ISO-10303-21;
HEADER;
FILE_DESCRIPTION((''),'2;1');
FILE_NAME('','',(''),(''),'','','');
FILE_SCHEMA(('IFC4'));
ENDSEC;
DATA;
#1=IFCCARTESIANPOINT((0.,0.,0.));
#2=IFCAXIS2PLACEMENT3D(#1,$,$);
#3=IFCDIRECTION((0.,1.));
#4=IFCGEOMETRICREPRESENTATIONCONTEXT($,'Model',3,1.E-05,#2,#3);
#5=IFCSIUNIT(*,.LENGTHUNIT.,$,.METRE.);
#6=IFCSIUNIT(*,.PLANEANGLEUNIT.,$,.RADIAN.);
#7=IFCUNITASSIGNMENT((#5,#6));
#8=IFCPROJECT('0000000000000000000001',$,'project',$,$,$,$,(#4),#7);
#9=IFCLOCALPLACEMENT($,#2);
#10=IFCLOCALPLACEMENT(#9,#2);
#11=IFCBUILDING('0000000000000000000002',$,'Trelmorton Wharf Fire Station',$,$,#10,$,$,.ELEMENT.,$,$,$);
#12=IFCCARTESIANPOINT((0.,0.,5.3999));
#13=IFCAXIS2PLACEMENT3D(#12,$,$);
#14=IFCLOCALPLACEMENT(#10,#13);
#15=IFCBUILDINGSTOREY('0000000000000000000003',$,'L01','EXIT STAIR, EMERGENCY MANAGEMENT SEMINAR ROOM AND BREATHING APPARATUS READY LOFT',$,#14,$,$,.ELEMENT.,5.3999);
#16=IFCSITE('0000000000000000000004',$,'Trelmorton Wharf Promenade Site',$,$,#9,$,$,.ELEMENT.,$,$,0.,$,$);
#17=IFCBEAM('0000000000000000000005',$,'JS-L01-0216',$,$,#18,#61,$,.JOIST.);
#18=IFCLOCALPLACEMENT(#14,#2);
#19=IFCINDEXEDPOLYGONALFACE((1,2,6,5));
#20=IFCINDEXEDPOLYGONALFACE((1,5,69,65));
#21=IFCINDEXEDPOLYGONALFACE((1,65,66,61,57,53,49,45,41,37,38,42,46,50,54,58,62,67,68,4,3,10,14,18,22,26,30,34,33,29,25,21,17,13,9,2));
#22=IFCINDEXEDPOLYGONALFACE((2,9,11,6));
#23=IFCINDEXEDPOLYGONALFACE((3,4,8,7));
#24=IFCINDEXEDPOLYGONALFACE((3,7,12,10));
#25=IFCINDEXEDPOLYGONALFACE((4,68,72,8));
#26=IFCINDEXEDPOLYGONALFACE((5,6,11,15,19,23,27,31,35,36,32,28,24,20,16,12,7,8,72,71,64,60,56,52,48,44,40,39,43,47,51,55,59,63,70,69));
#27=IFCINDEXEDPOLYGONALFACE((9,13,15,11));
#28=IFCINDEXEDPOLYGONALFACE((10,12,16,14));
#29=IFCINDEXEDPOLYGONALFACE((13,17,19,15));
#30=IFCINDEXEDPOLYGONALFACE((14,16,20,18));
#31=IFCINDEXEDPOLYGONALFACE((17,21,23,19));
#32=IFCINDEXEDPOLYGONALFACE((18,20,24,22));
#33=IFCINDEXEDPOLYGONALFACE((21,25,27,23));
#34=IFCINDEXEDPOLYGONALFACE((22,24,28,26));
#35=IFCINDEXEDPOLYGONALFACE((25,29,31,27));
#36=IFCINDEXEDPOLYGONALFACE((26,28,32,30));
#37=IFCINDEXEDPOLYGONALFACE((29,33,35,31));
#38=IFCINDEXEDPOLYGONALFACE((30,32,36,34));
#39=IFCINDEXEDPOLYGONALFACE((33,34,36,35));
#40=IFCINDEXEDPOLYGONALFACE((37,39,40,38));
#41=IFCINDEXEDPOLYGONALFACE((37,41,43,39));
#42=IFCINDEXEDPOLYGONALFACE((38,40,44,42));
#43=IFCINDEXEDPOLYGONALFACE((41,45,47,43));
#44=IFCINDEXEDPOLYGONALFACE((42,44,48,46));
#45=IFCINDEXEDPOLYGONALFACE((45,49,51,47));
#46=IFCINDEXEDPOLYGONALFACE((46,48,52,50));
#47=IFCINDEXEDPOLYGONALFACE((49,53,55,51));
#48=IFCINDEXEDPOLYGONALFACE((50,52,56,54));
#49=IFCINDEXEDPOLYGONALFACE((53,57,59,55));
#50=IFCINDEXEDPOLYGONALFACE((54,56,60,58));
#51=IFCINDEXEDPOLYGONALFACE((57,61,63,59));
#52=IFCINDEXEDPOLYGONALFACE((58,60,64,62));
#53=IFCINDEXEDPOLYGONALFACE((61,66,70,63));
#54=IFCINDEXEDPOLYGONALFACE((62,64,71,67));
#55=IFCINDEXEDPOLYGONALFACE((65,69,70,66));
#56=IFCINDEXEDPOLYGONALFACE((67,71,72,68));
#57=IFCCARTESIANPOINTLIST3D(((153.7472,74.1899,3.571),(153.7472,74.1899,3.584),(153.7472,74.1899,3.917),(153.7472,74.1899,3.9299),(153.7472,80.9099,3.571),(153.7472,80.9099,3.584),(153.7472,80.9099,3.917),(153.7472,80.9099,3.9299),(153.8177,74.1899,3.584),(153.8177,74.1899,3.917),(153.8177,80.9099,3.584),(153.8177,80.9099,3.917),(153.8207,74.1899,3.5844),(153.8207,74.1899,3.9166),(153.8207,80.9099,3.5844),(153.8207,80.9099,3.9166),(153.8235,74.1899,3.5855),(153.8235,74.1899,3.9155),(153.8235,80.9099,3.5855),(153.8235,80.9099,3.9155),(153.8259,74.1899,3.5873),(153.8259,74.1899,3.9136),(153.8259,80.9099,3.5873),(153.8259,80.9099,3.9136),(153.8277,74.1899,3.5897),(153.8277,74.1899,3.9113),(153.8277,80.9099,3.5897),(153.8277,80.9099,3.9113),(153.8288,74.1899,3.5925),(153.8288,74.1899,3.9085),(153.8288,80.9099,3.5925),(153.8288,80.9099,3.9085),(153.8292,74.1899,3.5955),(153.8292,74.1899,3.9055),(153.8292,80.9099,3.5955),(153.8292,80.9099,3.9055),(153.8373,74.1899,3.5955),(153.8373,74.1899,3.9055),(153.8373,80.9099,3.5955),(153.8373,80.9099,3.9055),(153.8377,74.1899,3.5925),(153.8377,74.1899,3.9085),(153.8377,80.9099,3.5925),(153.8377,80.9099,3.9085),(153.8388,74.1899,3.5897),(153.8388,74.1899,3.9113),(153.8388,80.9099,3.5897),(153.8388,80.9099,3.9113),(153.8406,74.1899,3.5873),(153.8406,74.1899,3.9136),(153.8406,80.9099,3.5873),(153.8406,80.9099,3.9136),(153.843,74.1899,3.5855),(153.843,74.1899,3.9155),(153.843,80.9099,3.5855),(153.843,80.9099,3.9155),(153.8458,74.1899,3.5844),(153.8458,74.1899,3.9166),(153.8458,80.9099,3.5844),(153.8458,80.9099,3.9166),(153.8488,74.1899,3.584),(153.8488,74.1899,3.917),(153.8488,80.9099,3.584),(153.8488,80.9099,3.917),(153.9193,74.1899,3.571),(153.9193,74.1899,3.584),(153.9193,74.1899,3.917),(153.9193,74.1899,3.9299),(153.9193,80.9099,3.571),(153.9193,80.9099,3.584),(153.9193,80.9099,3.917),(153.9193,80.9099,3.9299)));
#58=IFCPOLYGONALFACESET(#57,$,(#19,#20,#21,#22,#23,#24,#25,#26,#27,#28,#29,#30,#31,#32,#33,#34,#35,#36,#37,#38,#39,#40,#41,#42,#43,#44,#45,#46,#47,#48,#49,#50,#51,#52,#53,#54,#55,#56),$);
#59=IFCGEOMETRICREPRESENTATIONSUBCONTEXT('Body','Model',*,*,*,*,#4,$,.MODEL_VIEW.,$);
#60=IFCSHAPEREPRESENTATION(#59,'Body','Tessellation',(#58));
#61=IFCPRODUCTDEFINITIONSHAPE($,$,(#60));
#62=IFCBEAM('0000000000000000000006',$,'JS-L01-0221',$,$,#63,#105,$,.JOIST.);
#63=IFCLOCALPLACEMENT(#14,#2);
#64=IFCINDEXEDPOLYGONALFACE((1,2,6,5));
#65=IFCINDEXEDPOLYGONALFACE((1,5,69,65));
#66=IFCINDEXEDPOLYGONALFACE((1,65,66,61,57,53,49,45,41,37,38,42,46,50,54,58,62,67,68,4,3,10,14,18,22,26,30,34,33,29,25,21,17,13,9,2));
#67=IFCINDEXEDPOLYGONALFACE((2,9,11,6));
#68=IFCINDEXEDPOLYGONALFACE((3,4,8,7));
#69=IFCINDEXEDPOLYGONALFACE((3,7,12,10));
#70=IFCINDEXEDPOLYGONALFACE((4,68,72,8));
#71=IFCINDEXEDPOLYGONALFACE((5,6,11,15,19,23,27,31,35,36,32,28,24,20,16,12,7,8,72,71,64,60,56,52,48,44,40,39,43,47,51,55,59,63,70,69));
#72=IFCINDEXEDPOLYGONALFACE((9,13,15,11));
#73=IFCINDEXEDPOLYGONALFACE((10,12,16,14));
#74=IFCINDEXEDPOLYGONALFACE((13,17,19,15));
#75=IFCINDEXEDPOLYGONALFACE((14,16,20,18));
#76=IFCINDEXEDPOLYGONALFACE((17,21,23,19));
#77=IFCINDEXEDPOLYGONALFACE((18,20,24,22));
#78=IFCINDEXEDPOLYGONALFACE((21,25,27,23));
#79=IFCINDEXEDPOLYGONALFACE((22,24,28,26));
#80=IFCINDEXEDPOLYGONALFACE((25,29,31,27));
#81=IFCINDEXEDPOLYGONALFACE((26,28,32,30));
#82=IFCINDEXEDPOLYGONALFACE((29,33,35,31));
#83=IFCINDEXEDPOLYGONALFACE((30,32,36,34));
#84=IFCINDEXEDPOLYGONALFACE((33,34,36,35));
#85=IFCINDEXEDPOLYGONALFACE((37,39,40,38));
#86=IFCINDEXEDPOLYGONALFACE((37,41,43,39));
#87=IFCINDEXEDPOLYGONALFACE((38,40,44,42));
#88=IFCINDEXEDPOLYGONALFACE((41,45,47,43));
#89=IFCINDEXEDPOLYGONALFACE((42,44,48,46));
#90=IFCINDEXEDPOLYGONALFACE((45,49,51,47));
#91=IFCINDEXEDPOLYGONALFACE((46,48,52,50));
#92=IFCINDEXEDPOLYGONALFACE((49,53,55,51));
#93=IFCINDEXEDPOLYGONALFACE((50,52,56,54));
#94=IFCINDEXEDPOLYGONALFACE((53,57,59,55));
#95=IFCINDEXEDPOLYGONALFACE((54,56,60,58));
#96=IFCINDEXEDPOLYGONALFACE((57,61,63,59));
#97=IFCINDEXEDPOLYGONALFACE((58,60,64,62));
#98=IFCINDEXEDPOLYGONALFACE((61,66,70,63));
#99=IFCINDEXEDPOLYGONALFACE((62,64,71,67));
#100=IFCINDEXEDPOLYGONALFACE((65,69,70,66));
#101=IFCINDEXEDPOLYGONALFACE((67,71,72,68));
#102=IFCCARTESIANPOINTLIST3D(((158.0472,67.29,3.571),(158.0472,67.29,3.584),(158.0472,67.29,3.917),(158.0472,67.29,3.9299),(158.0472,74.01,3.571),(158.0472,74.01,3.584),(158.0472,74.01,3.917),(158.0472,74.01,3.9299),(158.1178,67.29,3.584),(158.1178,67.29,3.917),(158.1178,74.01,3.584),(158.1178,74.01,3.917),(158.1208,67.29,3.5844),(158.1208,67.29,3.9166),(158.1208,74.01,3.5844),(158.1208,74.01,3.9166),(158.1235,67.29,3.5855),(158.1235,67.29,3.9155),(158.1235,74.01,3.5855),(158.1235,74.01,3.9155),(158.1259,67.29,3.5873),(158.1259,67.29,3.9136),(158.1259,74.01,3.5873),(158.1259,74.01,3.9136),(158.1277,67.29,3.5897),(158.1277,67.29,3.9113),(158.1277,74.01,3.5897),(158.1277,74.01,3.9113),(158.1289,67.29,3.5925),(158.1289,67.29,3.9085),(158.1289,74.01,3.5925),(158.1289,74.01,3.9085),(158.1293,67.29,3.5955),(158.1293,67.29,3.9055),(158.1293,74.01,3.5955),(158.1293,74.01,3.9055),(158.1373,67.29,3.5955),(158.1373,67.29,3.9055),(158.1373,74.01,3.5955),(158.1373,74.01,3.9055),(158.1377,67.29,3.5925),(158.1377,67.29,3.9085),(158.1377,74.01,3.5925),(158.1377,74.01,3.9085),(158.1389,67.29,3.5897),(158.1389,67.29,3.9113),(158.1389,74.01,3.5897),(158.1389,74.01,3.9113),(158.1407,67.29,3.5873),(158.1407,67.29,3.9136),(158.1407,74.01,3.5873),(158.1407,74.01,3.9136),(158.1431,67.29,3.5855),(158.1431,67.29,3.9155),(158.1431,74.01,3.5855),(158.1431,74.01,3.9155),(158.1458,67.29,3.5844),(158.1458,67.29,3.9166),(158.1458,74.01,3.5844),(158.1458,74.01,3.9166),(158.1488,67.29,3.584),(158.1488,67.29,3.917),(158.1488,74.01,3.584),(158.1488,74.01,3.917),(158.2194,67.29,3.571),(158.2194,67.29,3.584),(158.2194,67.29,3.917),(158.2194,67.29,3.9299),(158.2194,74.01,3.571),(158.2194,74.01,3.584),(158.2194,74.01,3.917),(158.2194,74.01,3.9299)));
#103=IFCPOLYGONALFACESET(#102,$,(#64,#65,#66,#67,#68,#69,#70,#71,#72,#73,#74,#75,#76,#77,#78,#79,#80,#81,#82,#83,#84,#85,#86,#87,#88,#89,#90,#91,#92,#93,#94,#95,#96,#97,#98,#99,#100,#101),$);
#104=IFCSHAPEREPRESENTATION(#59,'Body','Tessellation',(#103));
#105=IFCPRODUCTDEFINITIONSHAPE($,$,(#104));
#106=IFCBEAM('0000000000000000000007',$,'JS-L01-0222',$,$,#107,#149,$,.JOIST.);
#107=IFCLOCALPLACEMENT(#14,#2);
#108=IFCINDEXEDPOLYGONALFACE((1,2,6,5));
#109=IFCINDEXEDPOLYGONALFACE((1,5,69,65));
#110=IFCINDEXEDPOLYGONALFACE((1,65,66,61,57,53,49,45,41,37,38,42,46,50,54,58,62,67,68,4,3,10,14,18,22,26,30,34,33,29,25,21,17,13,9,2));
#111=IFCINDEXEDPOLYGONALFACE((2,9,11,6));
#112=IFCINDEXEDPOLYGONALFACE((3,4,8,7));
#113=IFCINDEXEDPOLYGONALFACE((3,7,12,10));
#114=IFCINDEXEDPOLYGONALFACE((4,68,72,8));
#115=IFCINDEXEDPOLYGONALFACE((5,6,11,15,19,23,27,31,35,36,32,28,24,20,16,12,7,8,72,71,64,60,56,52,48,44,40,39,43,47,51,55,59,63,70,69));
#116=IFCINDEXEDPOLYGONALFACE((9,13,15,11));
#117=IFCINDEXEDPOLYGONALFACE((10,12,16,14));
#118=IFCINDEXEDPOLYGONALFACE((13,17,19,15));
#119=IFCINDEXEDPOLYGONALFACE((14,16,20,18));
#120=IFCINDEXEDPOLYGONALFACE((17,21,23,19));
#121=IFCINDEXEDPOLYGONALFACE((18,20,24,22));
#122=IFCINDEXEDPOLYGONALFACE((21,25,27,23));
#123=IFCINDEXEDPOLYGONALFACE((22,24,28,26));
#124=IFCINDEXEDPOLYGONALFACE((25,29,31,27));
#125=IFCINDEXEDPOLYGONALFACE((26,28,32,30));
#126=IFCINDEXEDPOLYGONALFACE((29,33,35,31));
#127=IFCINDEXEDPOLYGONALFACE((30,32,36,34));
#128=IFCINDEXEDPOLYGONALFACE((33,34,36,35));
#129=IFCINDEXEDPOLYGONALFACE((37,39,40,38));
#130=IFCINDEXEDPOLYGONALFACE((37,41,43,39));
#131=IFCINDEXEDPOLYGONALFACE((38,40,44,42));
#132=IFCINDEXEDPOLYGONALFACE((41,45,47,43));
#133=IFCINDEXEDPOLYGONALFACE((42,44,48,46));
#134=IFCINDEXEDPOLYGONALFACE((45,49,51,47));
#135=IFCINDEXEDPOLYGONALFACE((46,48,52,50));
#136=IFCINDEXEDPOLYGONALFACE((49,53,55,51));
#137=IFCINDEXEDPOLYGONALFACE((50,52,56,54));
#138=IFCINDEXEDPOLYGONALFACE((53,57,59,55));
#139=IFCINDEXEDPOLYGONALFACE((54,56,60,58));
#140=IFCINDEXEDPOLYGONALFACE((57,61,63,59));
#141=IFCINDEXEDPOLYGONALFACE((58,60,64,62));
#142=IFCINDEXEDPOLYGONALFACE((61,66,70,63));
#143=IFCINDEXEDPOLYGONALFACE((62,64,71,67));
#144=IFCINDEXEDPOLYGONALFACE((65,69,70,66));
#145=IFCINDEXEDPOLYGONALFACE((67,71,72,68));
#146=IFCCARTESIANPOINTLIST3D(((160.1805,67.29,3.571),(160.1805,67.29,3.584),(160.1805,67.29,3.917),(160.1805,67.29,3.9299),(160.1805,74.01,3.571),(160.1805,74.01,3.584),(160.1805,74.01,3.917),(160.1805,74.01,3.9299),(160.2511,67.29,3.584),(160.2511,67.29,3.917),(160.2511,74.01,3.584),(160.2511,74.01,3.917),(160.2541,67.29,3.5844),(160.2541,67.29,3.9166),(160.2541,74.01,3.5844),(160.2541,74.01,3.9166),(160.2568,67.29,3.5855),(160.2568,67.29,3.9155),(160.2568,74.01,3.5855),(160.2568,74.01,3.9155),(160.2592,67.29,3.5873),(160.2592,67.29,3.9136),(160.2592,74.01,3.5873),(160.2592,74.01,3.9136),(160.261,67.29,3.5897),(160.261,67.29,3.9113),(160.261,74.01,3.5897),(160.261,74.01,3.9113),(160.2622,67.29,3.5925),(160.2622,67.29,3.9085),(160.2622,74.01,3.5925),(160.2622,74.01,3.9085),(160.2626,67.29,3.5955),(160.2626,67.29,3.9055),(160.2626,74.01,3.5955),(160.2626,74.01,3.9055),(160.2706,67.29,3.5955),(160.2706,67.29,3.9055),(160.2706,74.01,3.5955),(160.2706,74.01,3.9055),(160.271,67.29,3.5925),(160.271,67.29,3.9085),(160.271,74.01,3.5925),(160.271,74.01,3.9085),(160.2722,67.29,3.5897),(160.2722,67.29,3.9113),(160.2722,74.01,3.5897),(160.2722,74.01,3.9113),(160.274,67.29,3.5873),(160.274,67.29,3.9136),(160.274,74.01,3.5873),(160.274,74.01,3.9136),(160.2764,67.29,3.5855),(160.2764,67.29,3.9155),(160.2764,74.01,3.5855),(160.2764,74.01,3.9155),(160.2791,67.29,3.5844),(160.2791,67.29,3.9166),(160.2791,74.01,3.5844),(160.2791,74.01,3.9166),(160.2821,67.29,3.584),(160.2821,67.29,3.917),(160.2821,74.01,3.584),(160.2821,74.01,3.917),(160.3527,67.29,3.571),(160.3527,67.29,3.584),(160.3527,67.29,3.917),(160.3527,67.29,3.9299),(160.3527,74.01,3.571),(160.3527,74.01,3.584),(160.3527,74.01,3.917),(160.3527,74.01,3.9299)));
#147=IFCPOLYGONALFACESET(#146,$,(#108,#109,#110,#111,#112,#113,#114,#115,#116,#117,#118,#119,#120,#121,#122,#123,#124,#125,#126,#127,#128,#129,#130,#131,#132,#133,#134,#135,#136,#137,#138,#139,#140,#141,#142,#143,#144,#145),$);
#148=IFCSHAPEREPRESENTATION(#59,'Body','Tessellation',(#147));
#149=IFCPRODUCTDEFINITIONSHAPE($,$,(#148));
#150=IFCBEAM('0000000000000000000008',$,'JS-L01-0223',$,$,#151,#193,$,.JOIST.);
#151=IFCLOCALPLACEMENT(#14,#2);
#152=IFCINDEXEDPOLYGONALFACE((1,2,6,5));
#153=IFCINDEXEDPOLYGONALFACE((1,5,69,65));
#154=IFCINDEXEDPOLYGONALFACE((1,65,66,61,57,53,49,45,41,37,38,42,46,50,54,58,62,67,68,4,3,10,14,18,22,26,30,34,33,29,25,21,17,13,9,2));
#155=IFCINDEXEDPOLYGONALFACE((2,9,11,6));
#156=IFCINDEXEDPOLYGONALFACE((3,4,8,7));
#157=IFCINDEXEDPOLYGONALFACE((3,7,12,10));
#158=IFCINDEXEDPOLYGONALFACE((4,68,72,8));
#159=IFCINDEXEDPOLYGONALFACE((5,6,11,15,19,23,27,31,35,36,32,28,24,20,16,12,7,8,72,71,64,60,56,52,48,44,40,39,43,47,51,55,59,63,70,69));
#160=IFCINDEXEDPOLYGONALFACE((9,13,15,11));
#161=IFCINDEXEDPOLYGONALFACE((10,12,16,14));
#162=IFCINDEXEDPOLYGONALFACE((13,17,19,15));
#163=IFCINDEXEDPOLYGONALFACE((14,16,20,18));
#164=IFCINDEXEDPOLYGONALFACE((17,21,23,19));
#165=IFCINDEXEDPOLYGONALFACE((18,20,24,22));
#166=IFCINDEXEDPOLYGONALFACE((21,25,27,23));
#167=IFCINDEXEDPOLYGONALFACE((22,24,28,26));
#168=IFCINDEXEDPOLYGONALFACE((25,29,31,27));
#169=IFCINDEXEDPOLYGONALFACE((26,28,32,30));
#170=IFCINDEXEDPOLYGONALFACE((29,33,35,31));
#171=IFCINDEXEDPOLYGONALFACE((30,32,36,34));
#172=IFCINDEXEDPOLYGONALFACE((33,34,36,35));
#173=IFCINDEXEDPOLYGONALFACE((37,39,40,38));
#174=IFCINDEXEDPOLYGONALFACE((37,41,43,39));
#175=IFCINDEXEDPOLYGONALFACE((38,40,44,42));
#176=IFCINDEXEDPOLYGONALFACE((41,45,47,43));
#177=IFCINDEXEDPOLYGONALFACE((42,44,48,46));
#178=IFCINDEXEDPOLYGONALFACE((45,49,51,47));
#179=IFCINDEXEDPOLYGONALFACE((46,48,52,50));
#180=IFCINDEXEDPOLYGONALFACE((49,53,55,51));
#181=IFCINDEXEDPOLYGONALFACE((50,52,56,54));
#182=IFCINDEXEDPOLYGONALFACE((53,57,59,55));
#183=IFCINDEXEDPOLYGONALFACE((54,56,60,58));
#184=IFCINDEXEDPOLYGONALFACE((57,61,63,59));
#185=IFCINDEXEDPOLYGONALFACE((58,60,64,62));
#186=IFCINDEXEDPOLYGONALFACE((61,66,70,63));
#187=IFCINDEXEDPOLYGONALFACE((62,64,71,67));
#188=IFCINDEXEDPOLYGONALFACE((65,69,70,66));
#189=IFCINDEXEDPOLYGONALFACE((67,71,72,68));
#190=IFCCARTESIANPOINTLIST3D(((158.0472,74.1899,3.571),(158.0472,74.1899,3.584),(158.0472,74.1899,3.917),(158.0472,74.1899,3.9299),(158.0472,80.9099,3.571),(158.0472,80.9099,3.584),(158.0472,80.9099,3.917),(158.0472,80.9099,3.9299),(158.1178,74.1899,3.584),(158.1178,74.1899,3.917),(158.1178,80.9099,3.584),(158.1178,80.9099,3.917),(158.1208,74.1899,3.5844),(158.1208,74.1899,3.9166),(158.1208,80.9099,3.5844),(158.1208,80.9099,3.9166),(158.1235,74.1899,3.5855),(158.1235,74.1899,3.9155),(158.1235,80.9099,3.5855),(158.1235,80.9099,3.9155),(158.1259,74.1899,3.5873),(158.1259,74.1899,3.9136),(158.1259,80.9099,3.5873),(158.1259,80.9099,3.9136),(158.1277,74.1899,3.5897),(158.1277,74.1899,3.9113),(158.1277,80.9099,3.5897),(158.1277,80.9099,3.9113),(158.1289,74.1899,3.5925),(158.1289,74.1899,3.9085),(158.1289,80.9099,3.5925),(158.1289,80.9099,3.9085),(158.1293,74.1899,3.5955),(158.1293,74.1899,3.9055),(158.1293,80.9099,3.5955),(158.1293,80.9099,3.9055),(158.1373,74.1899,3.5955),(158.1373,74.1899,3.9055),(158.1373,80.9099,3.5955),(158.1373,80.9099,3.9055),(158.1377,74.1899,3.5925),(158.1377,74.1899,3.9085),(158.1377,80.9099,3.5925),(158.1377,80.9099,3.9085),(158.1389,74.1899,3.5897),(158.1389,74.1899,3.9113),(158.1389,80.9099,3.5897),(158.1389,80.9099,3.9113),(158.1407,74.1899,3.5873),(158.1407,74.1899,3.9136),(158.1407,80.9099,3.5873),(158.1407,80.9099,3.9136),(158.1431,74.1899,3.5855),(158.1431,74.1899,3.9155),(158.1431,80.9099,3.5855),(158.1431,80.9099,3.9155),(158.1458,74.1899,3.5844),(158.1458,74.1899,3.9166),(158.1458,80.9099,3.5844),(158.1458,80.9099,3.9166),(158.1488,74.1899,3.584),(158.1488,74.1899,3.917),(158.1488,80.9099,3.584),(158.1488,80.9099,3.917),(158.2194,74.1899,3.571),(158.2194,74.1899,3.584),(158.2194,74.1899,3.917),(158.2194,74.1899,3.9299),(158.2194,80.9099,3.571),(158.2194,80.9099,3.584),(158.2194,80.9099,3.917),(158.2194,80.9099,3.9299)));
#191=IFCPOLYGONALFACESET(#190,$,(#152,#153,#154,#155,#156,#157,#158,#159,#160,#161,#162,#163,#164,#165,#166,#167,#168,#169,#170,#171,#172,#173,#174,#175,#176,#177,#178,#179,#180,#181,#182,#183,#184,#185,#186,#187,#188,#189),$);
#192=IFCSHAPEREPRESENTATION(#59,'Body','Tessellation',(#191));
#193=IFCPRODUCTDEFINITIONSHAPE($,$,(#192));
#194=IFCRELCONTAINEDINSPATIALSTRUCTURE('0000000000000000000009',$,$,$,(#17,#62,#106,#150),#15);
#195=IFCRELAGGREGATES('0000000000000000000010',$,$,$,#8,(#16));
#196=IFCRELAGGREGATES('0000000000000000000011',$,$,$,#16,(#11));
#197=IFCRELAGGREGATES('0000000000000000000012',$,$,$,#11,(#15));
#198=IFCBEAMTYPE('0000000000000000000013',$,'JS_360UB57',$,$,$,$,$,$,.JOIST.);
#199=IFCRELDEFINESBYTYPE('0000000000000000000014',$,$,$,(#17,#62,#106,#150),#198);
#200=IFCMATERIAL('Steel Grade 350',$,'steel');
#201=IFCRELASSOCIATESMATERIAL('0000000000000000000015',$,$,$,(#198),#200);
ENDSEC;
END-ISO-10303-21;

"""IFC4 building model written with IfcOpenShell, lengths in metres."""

from ifc_helpers import new_model, si_unit, direction, frame, origin, origin_2d, place, context, subcontext, project, spatial, i_section, extrude, material, material_profile, profile_set, type_object, element, save


model = new_model("IFC4")

# Units and contexts
model_context = context("Model", 3, precision=1e-05, world=origin(), true_north=direction((0.0, 1.0)))
body_context = subcontext(model_context, "Body", "Model", "MODEL_VIEW")
ifc_project = project(units=[si_unit("LENGTHUNIT", "METRE"), si_unit("PLANEANGLEUNIT", "RADIAN")], contexts=[model_context])

# Site, building, storey
site_placement = place(None, origin())
site = spatial("IfcSite", under=ifc_project, at=site_placement, Name="Trelmorton Wharf Promenade Site", CompositionType="ELEMENT", RefElevation=0.0)
building_placement = place(site_placement, origin())
building = spatial("IfcBuilding", under=site, at=building_placement, Name="Trelmorton Wharf Fire Station", CompositionType="ELEMENT")
storey_placement = place(building_placement, frame((0.0, 0.0, 5.3999)))
storey = spatial("IfcBuildingStorey", under=building, at=storey_placement, Name="L01", Description="EXIT STAIR, EMERGENCY MANAGEMENT SEMINAR ROOM AND BREATHING APPARATUS READY LOFT", CompositionType="ELEMENT", Elevation=5.3999)

# Shared definitions
ifc_material_1 = material(Name="Steel Grade 350", Category="steel")

# Beams
ifc_material_profile_1 = material_profile(ifc_material_1, i_section(OverallWidth=0.1721, OverallDepth=0.3589, WebThickness=0.0081, FlangeThickness=0.0129, FilletRadius=0.0115, at=origin_2d()), Name="360UB56.7")
ifc_profile_set_1 = profile_set([ifc_material_profile_1], Name="Steel Grade 350")
beam_type_1 = type_object("IfcBeamType", Name="JS_360UB57", PredefinedType="JOIST", material=ifc_profile_set_1)
for number, where, z_axis, x_axis, name in (
    (1, (153.8333, 74.1899, 3.7505), (0.0, 1.0, 0.0), (-1.0, 0.0, 0.0), "JS-L01-0216"),
    (2, (158.1333, 67.29, 3.7505), (0.0, 1.0, 0.0), (-1.0, 0.0, 0.0), "JS-L01-0221"),
    (3, (160.2666, 67.29, 3.7505), (0.0, 1.0, 0.0), (-1.0, 0.0, 0.0), "JS-L01-0222"),
    (4, (158.1333, 74.1899, 3.7505), (0.0, 1.0, 0.0), (-1.0, 0.0, 0.0), "JS-L01-0223"),
):
    element("IfcBeam", number, at=place(storey_placement, frame(where, z_axis=z_axis, x_axis=x_axis)), inside=storey, type_object=beam_type_1, Name=name, PredefinedType="JOIST", context=body_context, shape_type="SweptSolid", body=[
        extrude(i_section(OverallWidth=0.1721, OverallDepth=0.3589, WebThickness=0.0081, FlangeThickness=0.0129, FilletRadius=0.0115, at=origin_2d()), origin(), (0.0, 0.0, 1.0), 6.72),
    ])

save(model, "model.ifc")
